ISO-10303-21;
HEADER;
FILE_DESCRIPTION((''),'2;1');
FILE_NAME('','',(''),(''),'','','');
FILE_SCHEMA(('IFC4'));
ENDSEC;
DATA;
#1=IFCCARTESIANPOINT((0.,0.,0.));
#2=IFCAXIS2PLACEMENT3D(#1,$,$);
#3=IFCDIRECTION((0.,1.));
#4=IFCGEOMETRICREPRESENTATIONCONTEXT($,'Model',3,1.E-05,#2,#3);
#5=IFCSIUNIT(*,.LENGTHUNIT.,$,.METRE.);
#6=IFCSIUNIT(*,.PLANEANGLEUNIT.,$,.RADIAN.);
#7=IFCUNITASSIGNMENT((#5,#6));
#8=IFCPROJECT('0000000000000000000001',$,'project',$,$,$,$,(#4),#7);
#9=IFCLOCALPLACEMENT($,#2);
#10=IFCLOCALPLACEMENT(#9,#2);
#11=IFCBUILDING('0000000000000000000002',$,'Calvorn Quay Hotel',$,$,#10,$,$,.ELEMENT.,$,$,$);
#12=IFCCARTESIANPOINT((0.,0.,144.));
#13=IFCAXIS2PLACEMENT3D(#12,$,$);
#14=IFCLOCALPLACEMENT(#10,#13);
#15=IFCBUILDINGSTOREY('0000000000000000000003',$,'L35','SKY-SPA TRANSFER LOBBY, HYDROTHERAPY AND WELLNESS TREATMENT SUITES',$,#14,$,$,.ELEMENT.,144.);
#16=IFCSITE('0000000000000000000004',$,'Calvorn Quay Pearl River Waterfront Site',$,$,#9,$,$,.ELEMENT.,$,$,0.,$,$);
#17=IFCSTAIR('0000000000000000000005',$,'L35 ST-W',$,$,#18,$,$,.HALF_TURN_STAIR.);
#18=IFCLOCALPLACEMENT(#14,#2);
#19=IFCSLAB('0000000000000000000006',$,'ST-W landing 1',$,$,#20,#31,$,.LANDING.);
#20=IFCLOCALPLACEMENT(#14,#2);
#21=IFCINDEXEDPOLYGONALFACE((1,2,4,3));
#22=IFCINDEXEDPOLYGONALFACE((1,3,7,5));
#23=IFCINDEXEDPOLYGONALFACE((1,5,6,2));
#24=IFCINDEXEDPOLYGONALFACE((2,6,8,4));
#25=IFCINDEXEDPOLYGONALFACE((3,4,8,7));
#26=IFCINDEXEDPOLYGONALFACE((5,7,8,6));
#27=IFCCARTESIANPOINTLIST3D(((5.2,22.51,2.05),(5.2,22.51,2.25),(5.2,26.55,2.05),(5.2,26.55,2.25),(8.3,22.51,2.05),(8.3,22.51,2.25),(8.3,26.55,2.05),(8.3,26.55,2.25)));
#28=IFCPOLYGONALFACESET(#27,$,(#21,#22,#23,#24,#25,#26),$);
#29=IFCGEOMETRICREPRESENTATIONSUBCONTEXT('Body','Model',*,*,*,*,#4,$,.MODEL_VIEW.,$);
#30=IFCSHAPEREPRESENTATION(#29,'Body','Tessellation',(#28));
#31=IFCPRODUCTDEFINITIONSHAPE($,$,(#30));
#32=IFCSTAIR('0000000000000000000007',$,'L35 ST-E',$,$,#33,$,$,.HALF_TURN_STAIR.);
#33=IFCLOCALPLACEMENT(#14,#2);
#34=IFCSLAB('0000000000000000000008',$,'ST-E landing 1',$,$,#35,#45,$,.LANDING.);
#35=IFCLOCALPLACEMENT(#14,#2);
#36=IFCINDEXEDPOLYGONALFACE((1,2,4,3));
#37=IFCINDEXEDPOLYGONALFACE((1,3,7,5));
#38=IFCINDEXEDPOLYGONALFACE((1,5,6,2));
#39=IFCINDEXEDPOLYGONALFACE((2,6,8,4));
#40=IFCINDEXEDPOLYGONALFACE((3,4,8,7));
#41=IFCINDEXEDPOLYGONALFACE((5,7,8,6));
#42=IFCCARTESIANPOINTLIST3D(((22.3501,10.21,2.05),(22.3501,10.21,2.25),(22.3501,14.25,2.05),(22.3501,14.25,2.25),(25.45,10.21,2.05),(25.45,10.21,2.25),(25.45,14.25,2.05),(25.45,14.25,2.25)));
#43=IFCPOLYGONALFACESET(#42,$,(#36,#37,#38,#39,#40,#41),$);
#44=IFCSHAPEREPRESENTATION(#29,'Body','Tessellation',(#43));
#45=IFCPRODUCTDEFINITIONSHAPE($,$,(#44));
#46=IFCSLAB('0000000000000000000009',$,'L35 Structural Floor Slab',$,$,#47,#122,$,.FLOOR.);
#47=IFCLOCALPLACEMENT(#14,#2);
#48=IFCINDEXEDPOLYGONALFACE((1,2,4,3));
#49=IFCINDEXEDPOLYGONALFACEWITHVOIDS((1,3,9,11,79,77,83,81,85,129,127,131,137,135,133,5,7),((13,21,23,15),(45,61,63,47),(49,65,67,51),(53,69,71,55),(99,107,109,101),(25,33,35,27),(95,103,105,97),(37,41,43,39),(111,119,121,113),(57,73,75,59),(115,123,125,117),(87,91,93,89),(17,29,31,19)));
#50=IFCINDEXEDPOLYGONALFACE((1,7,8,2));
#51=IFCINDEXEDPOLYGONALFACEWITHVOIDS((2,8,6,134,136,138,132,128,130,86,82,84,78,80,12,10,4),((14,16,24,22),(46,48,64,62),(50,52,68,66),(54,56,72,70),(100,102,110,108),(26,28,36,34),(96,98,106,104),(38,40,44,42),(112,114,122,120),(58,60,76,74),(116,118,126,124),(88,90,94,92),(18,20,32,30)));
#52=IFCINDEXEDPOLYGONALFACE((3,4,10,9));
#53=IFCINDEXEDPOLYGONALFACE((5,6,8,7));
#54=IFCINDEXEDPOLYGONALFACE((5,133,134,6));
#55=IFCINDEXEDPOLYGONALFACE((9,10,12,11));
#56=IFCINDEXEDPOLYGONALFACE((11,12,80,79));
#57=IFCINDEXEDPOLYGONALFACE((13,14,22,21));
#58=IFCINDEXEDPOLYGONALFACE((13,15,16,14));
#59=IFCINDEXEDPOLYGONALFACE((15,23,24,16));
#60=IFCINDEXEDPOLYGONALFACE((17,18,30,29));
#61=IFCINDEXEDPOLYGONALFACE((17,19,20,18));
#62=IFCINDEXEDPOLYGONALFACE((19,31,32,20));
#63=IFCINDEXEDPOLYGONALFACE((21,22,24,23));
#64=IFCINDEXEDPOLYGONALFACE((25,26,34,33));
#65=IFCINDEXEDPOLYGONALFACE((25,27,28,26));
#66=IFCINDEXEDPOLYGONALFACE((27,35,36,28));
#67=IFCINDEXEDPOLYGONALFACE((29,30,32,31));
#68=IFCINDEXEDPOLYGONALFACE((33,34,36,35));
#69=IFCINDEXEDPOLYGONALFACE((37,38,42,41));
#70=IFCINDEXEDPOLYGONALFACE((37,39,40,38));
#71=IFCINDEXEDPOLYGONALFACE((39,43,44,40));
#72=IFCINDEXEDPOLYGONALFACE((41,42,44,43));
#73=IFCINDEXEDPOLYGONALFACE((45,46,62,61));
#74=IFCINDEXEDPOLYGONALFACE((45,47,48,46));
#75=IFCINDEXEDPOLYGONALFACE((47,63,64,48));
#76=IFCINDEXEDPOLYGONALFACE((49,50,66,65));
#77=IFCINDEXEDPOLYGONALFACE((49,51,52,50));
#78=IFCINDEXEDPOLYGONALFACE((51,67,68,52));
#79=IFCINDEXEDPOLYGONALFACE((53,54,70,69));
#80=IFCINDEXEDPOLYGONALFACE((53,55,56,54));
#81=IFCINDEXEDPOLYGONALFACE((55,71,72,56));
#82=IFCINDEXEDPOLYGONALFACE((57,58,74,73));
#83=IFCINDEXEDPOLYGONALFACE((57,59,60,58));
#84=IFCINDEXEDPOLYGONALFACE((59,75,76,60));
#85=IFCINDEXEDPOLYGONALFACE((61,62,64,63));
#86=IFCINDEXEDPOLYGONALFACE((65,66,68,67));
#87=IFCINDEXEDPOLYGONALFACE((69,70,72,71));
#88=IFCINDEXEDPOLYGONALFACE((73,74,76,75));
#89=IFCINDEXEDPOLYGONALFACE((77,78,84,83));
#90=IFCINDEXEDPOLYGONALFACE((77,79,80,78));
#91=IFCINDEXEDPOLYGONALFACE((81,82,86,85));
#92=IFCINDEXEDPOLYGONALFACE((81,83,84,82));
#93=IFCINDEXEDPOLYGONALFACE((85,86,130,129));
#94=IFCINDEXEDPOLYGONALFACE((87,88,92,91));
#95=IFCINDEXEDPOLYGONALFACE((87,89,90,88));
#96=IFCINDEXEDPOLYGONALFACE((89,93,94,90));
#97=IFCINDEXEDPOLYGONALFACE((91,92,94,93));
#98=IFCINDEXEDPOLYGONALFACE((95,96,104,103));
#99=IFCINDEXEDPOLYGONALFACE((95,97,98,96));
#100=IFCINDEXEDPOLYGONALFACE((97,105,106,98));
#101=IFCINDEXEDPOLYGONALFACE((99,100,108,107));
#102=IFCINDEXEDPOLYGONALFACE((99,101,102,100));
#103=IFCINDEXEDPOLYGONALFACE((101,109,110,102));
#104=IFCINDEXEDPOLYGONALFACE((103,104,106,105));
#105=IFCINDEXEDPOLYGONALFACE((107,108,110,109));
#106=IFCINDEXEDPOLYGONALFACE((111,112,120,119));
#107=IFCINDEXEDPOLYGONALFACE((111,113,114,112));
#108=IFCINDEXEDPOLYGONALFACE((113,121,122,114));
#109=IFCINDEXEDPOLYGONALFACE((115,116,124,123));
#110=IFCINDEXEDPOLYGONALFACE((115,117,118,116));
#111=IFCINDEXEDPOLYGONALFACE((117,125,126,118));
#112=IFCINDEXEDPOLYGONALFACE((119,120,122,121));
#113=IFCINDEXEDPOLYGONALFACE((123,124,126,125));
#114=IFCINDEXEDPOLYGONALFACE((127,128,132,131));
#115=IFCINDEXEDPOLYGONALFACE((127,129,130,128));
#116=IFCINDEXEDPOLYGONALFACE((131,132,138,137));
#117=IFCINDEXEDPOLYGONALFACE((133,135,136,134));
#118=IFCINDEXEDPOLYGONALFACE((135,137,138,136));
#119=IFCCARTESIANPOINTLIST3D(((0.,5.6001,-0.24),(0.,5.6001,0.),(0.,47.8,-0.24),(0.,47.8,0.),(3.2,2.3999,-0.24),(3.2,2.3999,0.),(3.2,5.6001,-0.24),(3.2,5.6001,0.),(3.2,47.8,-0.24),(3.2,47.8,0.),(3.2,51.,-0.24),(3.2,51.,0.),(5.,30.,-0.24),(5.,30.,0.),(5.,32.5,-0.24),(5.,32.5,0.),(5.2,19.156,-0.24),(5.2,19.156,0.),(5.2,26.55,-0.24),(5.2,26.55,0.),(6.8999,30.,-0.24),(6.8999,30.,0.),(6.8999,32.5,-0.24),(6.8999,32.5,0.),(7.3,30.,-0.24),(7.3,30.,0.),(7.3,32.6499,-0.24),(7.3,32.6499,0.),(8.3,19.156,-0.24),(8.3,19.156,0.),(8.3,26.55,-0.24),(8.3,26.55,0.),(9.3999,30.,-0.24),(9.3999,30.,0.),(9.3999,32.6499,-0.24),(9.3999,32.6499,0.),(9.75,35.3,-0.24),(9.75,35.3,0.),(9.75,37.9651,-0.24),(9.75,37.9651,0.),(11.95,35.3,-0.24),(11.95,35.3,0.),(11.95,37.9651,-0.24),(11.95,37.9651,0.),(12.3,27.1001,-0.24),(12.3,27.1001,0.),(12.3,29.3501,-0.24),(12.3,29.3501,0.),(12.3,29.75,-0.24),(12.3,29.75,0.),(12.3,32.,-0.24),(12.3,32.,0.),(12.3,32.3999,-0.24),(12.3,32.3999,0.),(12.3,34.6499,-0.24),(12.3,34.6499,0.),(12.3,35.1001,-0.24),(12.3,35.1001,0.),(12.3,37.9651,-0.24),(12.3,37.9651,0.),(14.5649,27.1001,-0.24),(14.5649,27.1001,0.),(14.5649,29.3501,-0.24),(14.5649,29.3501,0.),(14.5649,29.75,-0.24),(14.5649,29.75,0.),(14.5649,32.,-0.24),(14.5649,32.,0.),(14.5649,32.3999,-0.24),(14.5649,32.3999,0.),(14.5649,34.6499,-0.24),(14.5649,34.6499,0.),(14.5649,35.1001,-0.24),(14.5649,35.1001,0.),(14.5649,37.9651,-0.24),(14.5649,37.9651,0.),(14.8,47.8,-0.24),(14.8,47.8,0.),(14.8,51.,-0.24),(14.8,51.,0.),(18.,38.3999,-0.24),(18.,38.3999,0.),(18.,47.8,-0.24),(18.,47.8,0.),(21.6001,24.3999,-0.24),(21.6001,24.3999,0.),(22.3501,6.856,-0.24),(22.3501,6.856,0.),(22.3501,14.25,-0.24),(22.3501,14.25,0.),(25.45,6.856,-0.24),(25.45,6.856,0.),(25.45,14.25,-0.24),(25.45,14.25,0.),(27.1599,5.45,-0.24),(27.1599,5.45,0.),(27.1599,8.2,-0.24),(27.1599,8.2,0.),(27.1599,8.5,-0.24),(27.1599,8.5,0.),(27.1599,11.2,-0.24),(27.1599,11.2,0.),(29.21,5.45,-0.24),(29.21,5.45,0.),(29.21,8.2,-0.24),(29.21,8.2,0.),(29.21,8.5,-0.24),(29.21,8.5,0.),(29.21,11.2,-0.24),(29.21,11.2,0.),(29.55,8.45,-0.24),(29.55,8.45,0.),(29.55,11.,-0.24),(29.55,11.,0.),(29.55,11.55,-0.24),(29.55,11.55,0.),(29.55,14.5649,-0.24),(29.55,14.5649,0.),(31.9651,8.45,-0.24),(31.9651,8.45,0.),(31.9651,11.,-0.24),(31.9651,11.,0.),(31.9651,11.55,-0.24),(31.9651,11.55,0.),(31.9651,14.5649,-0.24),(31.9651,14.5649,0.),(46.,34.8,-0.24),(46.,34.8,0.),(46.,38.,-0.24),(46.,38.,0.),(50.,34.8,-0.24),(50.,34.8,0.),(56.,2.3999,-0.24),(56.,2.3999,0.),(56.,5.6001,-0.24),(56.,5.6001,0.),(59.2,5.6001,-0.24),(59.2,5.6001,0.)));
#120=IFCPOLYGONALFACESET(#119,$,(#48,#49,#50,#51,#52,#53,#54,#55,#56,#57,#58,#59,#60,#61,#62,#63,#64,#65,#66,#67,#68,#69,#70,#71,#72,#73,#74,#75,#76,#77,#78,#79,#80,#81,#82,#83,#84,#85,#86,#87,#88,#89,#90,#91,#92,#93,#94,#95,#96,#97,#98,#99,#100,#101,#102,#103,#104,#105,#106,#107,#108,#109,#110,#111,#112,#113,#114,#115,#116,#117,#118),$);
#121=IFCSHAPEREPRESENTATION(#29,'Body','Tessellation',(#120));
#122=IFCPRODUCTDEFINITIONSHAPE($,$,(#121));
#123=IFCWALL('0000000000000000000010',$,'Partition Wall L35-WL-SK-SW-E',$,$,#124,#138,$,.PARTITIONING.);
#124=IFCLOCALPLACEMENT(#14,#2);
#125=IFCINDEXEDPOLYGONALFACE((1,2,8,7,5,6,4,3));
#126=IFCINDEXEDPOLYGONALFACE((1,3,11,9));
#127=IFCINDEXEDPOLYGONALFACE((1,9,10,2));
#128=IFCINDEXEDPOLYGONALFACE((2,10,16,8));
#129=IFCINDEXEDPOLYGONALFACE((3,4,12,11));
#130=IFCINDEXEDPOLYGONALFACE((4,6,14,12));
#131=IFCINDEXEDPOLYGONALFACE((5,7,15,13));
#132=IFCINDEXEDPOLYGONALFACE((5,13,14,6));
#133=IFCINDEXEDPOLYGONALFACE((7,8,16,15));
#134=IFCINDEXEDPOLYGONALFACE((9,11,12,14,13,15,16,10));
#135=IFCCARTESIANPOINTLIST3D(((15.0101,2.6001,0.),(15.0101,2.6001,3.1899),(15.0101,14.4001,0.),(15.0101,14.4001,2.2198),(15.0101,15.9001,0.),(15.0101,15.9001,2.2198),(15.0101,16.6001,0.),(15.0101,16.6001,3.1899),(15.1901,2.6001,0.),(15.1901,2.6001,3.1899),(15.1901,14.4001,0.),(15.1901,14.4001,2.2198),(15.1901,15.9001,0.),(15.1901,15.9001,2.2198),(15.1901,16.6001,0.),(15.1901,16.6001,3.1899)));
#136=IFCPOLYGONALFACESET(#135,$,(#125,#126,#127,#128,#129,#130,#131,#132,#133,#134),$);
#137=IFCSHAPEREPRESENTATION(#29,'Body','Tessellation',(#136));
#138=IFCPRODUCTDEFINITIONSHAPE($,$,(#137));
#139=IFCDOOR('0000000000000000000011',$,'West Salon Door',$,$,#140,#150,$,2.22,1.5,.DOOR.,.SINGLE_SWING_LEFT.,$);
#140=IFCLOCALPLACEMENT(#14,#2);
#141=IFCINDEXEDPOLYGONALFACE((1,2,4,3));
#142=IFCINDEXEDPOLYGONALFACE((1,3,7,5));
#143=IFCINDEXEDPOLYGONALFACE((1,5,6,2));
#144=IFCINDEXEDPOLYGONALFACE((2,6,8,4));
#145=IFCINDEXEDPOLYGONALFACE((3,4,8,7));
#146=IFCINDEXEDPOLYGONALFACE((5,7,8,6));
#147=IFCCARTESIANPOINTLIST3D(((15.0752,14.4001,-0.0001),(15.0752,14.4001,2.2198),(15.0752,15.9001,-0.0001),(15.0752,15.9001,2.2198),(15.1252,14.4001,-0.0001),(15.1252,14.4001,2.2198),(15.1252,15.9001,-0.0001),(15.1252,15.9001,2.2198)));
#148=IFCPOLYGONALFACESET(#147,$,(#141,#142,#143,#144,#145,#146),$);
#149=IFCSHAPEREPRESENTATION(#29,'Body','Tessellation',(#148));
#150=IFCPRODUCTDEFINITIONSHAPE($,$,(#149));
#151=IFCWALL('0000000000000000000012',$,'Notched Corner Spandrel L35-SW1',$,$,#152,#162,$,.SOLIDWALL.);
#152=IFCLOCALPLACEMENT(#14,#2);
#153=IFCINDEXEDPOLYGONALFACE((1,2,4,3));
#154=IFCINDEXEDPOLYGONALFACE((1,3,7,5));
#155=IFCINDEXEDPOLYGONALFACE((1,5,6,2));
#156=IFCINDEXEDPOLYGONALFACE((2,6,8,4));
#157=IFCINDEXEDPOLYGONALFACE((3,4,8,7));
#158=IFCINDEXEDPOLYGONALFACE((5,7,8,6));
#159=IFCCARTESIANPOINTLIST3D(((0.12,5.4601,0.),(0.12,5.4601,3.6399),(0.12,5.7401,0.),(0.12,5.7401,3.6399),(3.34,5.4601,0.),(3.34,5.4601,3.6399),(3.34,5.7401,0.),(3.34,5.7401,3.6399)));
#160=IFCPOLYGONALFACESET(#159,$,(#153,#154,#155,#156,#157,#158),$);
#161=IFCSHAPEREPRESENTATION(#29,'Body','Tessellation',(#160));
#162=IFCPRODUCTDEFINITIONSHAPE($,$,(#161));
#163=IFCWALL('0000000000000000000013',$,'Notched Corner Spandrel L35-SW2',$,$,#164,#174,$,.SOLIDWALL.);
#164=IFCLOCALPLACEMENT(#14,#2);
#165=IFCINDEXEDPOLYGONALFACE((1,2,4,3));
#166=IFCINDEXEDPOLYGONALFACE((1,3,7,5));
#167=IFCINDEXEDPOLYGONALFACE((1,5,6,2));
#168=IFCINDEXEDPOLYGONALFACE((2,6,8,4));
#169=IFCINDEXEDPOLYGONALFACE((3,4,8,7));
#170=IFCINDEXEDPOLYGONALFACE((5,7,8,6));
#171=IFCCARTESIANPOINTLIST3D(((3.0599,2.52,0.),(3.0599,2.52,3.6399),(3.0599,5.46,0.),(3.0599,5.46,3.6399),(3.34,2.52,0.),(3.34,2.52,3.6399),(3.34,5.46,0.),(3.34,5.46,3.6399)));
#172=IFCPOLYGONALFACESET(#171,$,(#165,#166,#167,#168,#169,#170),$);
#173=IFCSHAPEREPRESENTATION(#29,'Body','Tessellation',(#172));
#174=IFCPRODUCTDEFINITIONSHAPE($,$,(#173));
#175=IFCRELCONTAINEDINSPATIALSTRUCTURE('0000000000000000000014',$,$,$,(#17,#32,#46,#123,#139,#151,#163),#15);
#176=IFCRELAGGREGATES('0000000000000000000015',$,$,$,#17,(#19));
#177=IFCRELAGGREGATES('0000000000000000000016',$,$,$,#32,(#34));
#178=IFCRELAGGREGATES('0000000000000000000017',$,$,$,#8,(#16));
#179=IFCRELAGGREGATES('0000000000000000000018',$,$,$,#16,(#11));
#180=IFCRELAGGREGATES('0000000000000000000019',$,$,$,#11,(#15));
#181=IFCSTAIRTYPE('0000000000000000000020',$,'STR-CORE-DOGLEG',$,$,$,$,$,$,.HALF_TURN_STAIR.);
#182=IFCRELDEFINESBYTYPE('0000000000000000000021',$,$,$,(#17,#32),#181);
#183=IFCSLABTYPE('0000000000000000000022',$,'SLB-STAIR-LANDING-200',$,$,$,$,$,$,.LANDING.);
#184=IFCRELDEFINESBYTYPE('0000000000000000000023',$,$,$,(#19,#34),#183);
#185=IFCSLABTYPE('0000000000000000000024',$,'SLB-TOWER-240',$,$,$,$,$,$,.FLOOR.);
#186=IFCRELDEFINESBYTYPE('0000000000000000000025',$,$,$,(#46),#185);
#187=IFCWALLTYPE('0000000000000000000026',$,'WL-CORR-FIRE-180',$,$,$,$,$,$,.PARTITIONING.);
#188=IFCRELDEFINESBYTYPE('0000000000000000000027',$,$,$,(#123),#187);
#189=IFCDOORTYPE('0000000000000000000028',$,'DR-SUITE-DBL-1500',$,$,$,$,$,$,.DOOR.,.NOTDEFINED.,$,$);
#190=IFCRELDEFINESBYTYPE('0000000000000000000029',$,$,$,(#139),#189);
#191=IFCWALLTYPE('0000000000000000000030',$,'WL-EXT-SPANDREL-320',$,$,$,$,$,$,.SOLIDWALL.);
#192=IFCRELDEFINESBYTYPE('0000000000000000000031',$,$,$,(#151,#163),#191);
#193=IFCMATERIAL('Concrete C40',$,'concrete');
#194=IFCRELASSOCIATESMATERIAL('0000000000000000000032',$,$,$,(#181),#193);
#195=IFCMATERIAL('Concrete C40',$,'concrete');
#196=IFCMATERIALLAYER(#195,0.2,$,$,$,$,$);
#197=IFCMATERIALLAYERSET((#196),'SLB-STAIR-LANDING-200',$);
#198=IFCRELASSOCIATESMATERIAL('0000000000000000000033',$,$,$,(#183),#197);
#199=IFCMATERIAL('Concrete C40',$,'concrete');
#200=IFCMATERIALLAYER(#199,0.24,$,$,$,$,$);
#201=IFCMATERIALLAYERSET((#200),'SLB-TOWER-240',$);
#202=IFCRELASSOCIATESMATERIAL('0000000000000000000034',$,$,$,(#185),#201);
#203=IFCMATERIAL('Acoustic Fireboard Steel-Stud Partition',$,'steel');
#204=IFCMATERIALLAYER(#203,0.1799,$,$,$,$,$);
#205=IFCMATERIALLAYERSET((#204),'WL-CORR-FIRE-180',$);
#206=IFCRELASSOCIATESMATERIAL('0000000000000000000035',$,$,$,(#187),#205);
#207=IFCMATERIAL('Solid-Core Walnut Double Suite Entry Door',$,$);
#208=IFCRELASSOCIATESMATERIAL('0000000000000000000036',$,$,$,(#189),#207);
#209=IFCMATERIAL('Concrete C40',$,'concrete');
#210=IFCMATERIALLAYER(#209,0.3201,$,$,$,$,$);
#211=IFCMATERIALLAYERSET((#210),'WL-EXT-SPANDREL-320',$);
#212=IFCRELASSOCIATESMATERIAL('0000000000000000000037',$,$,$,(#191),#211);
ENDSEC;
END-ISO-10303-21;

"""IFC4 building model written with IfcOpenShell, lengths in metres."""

from ifc_helpers import new_model, si_unit, direction, frame, frame_2d, origin, place, context, subcontext, project, spatial, polyline, rectangle, outline, extrude, material, layer, layer_set, type_object, element, fill, aggregate, save


model = new_model("IFC4")

# Units and contexts
model_context = context("Model", 3, precision=1e-05, world=origin(), true_north=direction((0.0, 1.0)))
body_context = subcontext(model_context, "Body", "Model", "MODEL_VIEW")
ifc_project = project(units=[si_unit("LENGTHUNIT", "METRE"), si_unit("PLANEANGLEUNIT", "RADIAN")], contexts=[model_context])

# Site, building, storey
site_placement = place(None, origin())
site = spatial("IfcSite", under=ifc_project, at=site_placement, Name="Calvorn Quay Pearl River Waterfront Site", CompositionType="ELEMENT", RefElevation=0.0)
building_placement = place(site_placement, origin())
building = spatial("IfcBuilding", under=site, at=building_placement, Name="Calvorn Quay Hotel", CompositionType="ELEMENT")
storey_placement = place(building_placement, frame((0.0, 0.0, 144.0)))
storey = spatial("IfcBuildingStorey", under=building, at=storey_placement, Name="L35", Description="SKY-SPA TRANSFER LOBBY, HYDROTHERAPY AND WELLNESS TREATMENT SUITES", CompositionType="ELEMENT", Elevation=144.0)

# Stairs, slabs
ifc_material_1 = material(Name="Concrete C40", Category="concrete")
stair_type = type_object("IfcStairType", Name="STR-CORE-DOGLEG", PredefinedType="HALF_TURN_STAIR", material=ifc_material_1)
stair_1_placement = place(storey_placement, origin())
stair_1 = element("IfcStair", 1, at=stair_1_placement, inside=storey, type_object=stair_type, Name="L35 ST-W", PredefinedType="HALF_TURN_STAIR")
ifc_material_2 = material(Name="Concrete C40", Category="concrete")
ifc_layer_1 = layer(ifc_material_2, 0.2)
ifc_layer_set_1 = layer_set([ifc_layer_1], Name="SLB-STAIR-LANDING-200")
slab_type_1 = type_object("IfcSlabType", Name="SLB-STAIR-LANDING-200", PredefinedType="LANDING", material=ifc_layer_set_1)
slab_1_placement = place(storey_placement, frame((0.0, 0.0, 2.05)))
slab_1 = element("IfcSlab", 2, at=slab_1_placement, type_object=slab_type_1, Name="ST-W landing 1", PredefinedType="LANDING", context=body_context, shape_type="SweptSolid", body=[
    extrude(outline(polyline([(8.3, 22.51), (8.3, 26.55), (5.2, 26.55), (5.2, 22.51), (8.3, 22.51)])), origin(), (0.0, 0.0, 1.0), 0.2),
])
aggregate(stair_1, [slab_1])
stair_2_placement = place(storey_placement, origin())
stair_2 = element("IfcStair", 3, at=stair_2_placement, inside=storey, type_object=stair_type, Name="L35 ST-E", PredefinedType="HALF_TURN_STAIR")
slab_2_placement = place(storey_placement, frame((0.0, 0.0, 2.05)))
slab_2 = element("IfcSlab", 4, at=slab_2_placement, type_object=slab_type_1, Name="ST-E landing 1", PredefinedType="LANDING", context=body_context, shape_type="SweptSolid", body=[
    extrude(outline(polyline([(25.45, 10.21), (25.45, 14.25), (22.3501, 14.25), (22.3501, 10.21), (25.45, 10.21)])), origin(), (0.0, 0.0, 1.0), 0.2),
])
aggregate(stair_2, [slab_2])

# Slab
ifc_material_3 = material(Name="Concrete C40", Category="concrete")
ifc_layer_2 = layer(ifc_material_3, 0.24)
ifc_layer_set_2 = layer_set([ifc_layer_2], Name="SLB-TOWER-240")
slab_type_2 = type_object("IfcSlabType", Name="SLB-TOWER-240", PredefinedType="FLOOR", material=ifc_layer_set_2)
slab_3_placement = place(storey_placement, frame((0.0, 0.0, -0.24)))
element("IfcSlab", 5, at=slab_3_placement, inside=storey, type_object=slab_type_2, Name="L35 Structural Floor Slab", PredefinedType="FLOOR", context=body_context, shape_type="SweptSolid", body=[
    extrude(outline(polyline([(0.0, 5.6001), (3.2, 5.6001), (3.2, 2.3999), (56.0, 2.3999), (56.0, 5.6001), (59.2, 5.6001), (50.0, 34.8), (46.0, 34.8), (46.0, 38.0), (21.6001, 24.3999), (18.0, 38.3999), (18.0, 47.8), (14.8, 47.8), (14.8, 51.0), (3.2, 51.0), (3.2, 47.8), (0.0, 47.8), (0.0, 5.6001)]), holes=[polyline([(5.2, 19.156), (8.3, 19.156), (8.3, 26.55), (5.2, 26.55), (5.2, 19.156)]), polyline([(22.3501, 6.856), (25.45, 6.856), (25.45, 14.25), (22.3501, 14.25), (22.3501, 6.856)]), polyline([(5.0, 30.0), (6.8999, 30.0), (6.8999, 32.5), (5.0, 32.5), (5.0, 30.0)]), polyline([(7.3, 30.0), (9.3999, 30.0), (9.3999, 32.6499), (7.3, 32.6499), (7.3, 30.0)]), polyline([(27.1599, 8.5), (29.21, 8.5), (29.21, 11.2), (27.1599, 11.2), (27.1599, 8.5)]), polyline([(27.1599, 5.45), (29.21, 5.45), (29.21, 8.2), (27.1599, 8.2), (27.1599, 5.45)]), polyline([(12.3, 27.1001), (14.5649, 27.1001), (14.5649, 29.3501), (12.3, 29.3501), (12.3, 27.1001)]), polyline([(12.3, 29.75), (14.5649, 29.75), (14.5649, 32.0), (12.3, 32.0), (12.3, 29.75)]), polyline([(12.3, 32.3999), (14.5649, 32.3999), (14.5649, 34.6499), (12.3, 34.6499), (12.3, 32.3999)]), polyline([(12.3, 35.1001), (14.5649, 35.1001), (14.5649, 37.9651), (12.3, 37.9651), (12.3, 35.1001)]), polyline([(9.75, 35.3), (11.95, 35.3), (11.95, 37.9651), (9.75, 37.9651), (9.75, 35.3)]), polyline([(29.55, 11.55), (31.9651, 11.55), (31.9651, 14.5649), (29.55, 14.5649), (29.55, 11.55)]), polyline([(29.55, 8.45), (31.9651, 8.45), (31.9651, 11.0), (29.55, 11.0), (29.55, 8.45)])]), origin(), (0.0, 0.0, 1.0), 0.24),
])

# Wall, opening, door
ifc_material_4 = material(Name="Acoustic Fireboard Steel-Stud Partition", Category="steel")
ifc_layer_3 = layer(ifc_material_4, 0.1799)
ifc_layer_set_3 = layer_set([ifc_layer_3], Name="WL-CORR-FIRE-180")
wall_type_1 = type_object("IfcWallType", Name="WL-CORR-FIRE-180", PredefinedType="PARTITIONING", material=ifc_layer_set_3)
wall_1_placement = place(storey_placement, frame((15.1001, 2.6001, 0.0), z_axis=(0.0, 0.0, 1.0), x_axis=(0.0, 1.0, 0.0)))
wall_1 = element("IfcWall", 6, at=wall_1_placement, inside=storey, type_object=wall_type_1, Name="Partition Wall L35-WL-SK-SW-E", PredefinedType="PARTITIONING", context=body_context, shape_type="SweptSolid", body=[
    extrude(rectangle(XDim=14.0, YDim=0.1799, at=frame_2d((7.0, 0.0))), origin(), (0.0, 0.0, 1.0), 3.1899),
])
opening_placement = place(wall_1_placement, frame((11.8, 0.0, 0.0)))
opening = element("IfcOpeningElement", 7, at=opening_placement, cuts=wall_1, PredefinedType="OPENING", context=body_context, shape_type="SweptSolid", body=[
    extrude(rectangle(XDim=1.5, YDim=2.22, at=frame_2d((0.75, 1.1099))), frame((0.0, 0.0999, 0.0), z_axis=(0.0, -1.0, 0.0), x_axis=(1.0, 0.0, 0.0)), (0.0, 0.0, 1.0), 0.2),
])
ifc_material_5 = material(Name="Solid-Core Walnut Double Suite Entry Door")
door_type = type_object("IfcDoorType", Name="DR-SUITE-DBL-1500", OperationType="NOTDEFINED", PredefinedType="DOOR", material=ifc_material_5)
door_placement = place(opening_placement, origin())
door = element("IfcDoor", 8, at=door_placement, inside=storey, type_object=door_type, Name="West Salon Door", OperationType="SINGLE_SWING_LEFT", OverallHeight=2.22, OverallWidth=1.5, PredefinedType="DOOR", context=body_context, shape_type="SweptSolid", body=[
    extrude(rectangle(XDim=1.5, YDim=2.22, at=frame_2d((0.75, 1.1099))), frame((0.0, 0.0249, 0.0), z_axis=(0.0, -1.0, 0.0), x_axis=(1.0, 0.0, 0.0)), (0.0, 0.0, 1.0), 0.05),
])
fill(opening, door)

# Walls
ifc_material_6 = material(Name="Concrete C40", Category="concrete")
ifc_layer_4 = layer(ifc_material_6, 0.3201)
ifc_layer_set_4 = layer_set([ifc_layer_4], Name="WL-EXT-SPANDREL-320")
wall_type_2 = type_object("IfcWallType", Name="WL-EXT-SPANDREL-320", PredefinedType="SOLIDWALL", material=ifc_layer_set_4)
wall_2_placement = place(storey_placement, frame((0.1201, 5.6001, 0.0), z_axis=(0.0, 0.0, 1.0), x_axis=(1.0, 0.0, 0.0)))
element("IfcWall", 9, at=wall_2_placement, inside=storey, type_object=wall_type_2, Name="Notched Corner Spandrel L35-SW1", PredefinedType="SOLIDWALL", context=body_context, shape_type="SweptSolid", body=[
    extrude(rectangle(XDim=3.22, YDim=0.28, at=frame_2d((1.6099, 0.0))), origin(), (0.0, 0.0, 1.0), 3.6399),
])
wall_3_placement = place(storey_placement, frame((3.2, 5.46, 0.0), z_axis=(0.0, 0.0, 1.0), x_axis=(0.0, -1.0, 0.0)))
element("IfcWall", 10, at=wall_3_placement, inside=storey, type_object=wall_type_2, Name="Notched Corner Spandrel L35-SW2", PredefinedType="SOLIDWALL", context=body_context, shape_type="SweptSolid", body=[
    extrude(rectangle(XDim=2.9399, YDim=0.28, at=frame_2d((1.47, 0.0))), origin(), (0.0, 0.0, 1.0), 3.6399),
])

save(model, "model.ifc")
